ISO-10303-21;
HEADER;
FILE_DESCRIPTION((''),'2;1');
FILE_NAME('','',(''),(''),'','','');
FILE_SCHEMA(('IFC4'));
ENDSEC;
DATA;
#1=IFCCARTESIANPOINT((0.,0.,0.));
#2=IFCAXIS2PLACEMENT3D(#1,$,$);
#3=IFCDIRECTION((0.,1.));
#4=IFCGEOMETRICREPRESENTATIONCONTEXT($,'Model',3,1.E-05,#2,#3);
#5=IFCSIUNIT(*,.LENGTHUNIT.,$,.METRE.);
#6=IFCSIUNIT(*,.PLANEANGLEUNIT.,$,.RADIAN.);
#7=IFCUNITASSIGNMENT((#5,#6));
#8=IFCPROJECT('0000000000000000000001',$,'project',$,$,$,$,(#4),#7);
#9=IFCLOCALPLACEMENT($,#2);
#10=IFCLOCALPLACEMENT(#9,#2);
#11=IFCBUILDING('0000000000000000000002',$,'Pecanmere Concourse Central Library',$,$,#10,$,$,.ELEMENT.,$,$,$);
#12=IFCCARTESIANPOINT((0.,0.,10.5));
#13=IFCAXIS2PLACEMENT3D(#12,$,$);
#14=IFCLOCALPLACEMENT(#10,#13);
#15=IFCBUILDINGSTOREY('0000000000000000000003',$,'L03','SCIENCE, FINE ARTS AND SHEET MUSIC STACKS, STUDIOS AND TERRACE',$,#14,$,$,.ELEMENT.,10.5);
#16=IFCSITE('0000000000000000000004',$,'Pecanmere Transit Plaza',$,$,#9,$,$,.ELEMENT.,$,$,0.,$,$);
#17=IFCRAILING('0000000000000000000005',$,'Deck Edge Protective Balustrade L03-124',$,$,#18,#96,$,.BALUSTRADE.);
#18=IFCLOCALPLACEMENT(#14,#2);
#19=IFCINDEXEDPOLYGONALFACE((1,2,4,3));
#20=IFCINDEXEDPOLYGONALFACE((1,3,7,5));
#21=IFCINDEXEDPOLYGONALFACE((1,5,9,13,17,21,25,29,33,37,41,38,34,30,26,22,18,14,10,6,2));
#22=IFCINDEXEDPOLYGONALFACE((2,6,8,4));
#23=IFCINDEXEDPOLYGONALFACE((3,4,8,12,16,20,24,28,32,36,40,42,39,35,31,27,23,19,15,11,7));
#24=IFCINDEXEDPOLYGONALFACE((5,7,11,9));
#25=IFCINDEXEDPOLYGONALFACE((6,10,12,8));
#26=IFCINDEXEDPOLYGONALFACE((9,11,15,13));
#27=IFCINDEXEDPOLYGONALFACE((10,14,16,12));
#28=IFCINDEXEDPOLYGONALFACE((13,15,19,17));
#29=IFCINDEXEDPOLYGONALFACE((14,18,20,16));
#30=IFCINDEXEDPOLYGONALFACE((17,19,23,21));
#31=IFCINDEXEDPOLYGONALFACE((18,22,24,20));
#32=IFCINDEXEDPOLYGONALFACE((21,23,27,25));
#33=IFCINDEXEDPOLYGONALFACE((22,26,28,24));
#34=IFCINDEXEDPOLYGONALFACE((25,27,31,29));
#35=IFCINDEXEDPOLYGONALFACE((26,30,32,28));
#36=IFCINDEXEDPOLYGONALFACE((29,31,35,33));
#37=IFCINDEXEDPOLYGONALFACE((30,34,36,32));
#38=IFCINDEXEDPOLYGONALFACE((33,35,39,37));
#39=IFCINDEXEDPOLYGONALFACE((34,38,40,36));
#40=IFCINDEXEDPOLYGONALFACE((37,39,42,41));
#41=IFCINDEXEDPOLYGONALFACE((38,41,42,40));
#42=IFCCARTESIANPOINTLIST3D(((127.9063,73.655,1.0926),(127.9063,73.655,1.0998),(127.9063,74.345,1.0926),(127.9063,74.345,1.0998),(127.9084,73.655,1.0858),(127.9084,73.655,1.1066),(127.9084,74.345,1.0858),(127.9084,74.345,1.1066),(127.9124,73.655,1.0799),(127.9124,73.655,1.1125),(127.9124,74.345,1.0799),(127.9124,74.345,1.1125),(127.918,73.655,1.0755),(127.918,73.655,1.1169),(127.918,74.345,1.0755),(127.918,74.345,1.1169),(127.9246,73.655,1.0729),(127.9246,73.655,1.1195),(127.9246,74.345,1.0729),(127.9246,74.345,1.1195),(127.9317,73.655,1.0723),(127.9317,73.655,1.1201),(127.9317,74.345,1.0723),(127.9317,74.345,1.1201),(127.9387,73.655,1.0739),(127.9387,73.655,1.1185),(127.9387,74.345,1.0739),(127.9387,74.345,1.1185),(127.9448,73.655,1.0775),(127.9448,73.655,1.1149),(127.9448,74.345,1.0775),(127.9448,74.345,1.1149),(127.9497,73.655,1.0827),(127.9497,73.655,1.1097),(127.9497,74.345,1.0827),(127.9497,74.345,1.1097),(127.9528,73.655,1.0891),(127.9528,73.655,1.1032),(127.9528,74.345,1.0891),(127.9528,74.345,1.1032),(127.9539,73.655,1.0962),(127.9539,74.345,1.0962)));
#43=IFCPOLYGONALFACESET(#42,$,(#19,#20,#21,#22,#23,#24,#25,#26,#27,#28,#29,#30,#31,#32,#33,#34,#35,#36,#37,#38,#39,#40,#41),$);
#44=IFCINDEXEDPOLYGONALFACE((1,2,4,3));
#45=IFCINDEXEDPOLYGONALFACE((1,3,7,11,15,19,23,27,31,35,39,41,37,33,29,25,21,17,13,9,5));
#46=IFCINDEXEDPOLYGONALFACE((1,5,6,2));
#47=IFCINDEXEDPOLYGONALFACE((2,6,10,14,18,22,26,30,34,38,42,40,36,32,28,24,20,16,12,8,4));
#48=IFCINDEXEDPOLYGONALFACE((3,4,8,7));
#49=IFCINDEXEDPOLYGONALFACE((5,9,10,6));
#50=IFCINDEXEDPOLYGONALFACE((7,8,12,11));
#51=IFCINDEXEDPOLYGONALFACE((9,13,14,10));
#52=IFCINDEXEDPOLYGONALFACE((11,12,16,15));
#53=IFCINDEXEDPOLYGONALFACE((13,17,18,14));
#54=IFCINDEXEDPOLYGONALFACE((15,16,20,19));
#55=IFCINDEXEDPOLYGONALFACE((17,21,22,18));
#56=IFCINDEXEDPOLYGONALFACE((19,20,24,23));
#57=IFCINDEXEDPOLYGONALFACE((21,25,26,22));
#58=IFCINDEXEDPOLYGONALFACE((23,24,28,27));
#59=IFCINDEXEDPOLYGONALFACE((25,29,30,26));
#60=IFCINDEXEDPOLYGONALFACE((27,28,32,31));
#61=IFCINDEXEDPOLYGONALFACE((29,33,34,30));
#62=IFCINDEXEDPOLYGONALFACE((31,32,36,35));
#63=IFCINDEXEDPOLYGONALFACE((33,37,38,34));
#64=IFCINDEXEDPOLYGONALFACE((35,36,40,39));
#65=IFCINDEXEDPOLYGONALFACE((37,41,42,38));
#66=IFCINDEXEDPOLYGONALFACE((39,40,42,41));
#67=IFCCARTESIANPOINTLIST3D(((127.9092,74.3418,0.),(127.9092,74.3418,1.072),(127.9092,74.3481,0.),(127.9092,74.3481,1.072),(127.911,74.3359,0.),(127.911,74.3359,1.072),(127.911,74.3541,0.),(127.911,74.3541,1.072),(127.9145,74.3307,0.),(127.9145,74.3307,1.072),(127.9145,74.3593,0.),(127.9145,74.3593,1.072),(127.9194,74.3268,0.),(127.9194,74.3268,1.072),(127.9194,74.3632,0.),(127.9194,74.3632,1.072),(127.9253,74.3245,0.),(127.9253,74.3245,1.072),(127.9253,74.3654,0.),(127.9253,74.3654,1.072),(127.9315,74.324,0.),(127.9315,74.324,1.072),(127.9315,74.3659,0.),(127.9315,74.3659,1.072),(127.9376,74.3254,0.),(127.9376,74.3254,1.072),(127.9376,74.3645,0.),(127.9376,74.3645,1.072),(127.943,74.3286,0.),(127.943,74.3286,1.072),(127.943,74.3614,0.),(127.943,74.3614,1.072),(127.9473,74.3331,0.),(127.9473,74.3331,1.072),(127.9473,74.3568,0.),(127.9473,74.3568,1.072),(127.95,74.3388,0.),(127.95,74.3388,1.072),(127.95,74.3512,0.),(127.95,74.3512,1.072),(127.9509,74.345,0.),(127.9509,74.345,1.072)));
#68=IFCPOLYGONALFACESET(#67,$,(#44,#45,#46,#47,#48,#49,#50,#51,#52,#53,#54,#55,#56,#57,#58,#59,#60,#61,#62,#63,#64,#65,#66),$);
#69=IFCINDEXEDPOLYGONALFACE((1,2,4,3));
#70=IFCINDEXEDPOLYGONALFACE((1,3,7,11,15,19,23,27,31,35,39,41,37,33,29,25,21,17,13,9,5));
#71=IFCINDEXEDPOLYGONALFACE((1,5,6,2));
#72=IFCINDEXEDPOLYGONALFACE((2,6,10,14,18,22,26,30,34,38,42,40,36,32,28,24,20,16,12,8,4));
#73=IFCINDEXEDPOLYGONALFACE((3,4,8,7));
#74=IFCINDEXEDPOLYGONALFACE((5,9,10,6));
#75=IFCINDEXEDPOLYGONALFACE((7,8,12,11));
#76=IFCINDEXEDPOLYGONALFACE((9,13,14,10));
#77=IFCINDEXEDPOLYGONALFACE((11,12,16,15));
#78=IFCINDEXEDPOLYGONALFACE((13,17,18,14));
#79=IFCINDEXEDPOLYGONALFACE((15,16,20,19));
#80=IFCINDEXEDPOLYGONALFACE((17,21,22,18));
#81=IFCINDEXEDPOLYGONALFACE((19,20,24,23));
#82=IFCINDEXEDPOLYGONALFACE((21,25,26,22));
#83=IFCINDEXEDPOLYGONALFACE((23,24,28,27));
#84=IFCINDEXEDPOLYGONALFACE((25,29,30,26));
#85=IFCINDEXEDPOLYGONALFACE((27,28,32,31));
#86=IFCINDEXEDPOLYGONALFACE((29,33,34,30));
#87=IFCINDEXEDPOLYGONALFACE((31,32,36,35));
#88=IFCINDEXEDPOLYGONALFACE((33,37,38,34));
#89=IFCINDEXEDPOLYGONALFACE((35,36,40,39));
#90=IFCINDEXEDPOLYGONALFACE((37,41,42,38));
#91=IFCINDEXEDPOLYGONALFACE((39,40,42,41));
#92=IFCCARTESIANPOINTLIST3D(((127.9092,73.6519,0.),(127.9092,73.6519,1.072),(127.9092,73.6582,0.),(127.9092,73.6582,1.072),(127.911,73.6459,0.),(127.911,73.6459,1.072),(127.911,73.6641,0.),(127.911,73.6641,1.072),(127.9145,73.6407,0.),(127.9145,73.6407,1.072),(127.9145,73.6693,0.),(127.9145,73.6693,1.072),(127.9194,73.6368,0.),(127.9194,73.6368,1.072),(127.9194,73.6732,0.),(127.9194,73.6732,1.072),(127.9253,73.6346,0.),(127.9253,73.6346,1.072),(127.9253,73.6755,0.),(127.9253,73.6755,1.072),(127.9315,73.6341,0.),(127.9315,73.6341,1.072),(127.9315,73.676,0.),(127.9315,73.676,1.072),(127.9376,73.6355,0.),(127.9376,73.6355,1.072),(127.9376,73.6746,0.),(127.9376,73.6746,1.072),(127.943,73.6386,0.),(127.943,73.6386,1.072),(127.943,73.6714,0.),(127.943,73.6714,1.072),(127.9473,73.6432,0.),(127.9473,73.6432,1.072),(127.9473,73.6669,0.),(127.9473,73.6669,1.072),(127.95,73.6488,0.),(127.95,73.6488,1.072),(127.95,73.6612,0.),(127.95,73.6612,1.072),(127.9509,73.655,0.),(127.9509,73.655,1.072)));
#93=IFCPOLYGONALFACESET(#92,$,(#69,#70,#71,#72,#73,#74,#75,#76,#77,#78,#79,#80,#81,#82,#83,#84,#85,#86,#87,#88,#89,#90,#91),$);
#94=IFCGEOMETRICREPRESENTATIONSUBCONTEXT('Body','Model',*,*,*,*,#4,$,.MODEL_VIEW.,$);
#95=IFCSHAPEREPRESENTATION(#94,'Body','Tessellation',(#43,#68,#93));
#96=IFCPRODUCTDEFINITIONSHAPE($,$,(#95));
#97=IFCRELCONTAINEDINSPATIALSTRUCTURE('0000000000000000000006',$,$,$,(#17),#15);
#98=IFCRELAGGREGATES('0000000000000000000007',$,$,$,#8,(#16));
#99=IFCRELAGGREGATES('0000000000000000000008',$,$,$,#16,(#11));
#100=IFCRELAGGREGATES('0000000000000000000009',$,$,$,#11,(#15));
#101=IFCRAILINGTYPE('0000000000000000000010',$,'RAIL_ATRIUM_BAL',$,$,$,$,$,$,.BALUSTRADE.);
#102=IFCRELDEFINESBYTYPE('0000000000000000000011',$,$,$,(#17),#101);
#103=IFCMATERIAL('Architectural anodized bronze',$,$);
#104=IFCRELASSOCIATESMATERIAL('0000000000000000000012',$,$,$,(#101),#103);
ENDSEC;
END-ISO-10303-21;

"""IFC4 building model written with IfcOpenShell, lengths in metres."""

from ifc_helpers import new_model, si_unit, direction, frame, origin, origin_2d, place, context, subcontext, project, spatial, circle, extrude, material, type_object, element, save


model = new_model("IFC4")

# Units and contexts
model_context = context("Model", 3, precision=1e-05, world=origin(), true_north=direction((0.0, 1.0)))
body_context = subcontext(model_context, "Body", "Model", "MODEL_VIEW")
ifc_project = project(units=[si_unit("LENGTHUNIT", "METRE"), si_unit("PLANEANGLEUNIT", "RADIAN")], contexts=[model_context])

# Site, building, storey
site_placement = place(None, origin())
site = spatial("IfcSite", under=ifc_project, at=site_placement, Name="Pecanmere Transit Plaza", CompositionType="ELEMENT", RefElevation=0.0)
building_placement = place(site_placement, origin())
building = spatial("IfcBuilding", under=site, at=building_placement, Name="Pecanmere Concourse Central Library", CompositionType="ELEMENT")
storey_placement = place(building_placement, frame((0.0, 0.0, 10.5)))
storey = spatial("IfcBuildingStorey", under=building, at=storey_placement, Name="L03", Description="SCIENCE, FINE ARTS AND SHEET MUSIC STACKS, STUDIOS AND TERRACE", CompositionType="ELEMENT", Elevation=10.5)

# Railing
ifc_material_1 = material(Name="Architectural anodized bronze")
railing_type = type_object("IfcRailingType", Name="RAIL_ATRIUM_BAL", PredefinedType="BALUSTRADE", material=ifc_material_1)
railing_placement = place(storey_placement, frame((127.9299, 74.345, 0.0)))
element("IfcRailing", 1, at=railing_placement, inside=storey, type_object=railing_type, Name="Deck Edge Protective Balustrade L03-124", PredefinedType="BALUSTRADE", context=body_context, shape_type="SweptSolid", body=[
    extrude(circle(Radius=0.0239, at=origin_2d()), frame((0.0, 0.0, 1.0962), z_axis=(0.0, -1.0, 0.0), x_axis=(1.0, 0.0, 0.0)), (0.0, 0.0, 1.0), 0.6899),
    extrude(circle(Radius=0.021, at=origin_2d()), origin(), (0.0, 0.0, 1.0), 1.072),
    extrude(circle(Radius=0.021, at=origin_2d()), frame((0.0, -0.6899, 0.0)), (0.0, 0.0, 1.0), 1.072),
])

save(model, "model.ifc")
